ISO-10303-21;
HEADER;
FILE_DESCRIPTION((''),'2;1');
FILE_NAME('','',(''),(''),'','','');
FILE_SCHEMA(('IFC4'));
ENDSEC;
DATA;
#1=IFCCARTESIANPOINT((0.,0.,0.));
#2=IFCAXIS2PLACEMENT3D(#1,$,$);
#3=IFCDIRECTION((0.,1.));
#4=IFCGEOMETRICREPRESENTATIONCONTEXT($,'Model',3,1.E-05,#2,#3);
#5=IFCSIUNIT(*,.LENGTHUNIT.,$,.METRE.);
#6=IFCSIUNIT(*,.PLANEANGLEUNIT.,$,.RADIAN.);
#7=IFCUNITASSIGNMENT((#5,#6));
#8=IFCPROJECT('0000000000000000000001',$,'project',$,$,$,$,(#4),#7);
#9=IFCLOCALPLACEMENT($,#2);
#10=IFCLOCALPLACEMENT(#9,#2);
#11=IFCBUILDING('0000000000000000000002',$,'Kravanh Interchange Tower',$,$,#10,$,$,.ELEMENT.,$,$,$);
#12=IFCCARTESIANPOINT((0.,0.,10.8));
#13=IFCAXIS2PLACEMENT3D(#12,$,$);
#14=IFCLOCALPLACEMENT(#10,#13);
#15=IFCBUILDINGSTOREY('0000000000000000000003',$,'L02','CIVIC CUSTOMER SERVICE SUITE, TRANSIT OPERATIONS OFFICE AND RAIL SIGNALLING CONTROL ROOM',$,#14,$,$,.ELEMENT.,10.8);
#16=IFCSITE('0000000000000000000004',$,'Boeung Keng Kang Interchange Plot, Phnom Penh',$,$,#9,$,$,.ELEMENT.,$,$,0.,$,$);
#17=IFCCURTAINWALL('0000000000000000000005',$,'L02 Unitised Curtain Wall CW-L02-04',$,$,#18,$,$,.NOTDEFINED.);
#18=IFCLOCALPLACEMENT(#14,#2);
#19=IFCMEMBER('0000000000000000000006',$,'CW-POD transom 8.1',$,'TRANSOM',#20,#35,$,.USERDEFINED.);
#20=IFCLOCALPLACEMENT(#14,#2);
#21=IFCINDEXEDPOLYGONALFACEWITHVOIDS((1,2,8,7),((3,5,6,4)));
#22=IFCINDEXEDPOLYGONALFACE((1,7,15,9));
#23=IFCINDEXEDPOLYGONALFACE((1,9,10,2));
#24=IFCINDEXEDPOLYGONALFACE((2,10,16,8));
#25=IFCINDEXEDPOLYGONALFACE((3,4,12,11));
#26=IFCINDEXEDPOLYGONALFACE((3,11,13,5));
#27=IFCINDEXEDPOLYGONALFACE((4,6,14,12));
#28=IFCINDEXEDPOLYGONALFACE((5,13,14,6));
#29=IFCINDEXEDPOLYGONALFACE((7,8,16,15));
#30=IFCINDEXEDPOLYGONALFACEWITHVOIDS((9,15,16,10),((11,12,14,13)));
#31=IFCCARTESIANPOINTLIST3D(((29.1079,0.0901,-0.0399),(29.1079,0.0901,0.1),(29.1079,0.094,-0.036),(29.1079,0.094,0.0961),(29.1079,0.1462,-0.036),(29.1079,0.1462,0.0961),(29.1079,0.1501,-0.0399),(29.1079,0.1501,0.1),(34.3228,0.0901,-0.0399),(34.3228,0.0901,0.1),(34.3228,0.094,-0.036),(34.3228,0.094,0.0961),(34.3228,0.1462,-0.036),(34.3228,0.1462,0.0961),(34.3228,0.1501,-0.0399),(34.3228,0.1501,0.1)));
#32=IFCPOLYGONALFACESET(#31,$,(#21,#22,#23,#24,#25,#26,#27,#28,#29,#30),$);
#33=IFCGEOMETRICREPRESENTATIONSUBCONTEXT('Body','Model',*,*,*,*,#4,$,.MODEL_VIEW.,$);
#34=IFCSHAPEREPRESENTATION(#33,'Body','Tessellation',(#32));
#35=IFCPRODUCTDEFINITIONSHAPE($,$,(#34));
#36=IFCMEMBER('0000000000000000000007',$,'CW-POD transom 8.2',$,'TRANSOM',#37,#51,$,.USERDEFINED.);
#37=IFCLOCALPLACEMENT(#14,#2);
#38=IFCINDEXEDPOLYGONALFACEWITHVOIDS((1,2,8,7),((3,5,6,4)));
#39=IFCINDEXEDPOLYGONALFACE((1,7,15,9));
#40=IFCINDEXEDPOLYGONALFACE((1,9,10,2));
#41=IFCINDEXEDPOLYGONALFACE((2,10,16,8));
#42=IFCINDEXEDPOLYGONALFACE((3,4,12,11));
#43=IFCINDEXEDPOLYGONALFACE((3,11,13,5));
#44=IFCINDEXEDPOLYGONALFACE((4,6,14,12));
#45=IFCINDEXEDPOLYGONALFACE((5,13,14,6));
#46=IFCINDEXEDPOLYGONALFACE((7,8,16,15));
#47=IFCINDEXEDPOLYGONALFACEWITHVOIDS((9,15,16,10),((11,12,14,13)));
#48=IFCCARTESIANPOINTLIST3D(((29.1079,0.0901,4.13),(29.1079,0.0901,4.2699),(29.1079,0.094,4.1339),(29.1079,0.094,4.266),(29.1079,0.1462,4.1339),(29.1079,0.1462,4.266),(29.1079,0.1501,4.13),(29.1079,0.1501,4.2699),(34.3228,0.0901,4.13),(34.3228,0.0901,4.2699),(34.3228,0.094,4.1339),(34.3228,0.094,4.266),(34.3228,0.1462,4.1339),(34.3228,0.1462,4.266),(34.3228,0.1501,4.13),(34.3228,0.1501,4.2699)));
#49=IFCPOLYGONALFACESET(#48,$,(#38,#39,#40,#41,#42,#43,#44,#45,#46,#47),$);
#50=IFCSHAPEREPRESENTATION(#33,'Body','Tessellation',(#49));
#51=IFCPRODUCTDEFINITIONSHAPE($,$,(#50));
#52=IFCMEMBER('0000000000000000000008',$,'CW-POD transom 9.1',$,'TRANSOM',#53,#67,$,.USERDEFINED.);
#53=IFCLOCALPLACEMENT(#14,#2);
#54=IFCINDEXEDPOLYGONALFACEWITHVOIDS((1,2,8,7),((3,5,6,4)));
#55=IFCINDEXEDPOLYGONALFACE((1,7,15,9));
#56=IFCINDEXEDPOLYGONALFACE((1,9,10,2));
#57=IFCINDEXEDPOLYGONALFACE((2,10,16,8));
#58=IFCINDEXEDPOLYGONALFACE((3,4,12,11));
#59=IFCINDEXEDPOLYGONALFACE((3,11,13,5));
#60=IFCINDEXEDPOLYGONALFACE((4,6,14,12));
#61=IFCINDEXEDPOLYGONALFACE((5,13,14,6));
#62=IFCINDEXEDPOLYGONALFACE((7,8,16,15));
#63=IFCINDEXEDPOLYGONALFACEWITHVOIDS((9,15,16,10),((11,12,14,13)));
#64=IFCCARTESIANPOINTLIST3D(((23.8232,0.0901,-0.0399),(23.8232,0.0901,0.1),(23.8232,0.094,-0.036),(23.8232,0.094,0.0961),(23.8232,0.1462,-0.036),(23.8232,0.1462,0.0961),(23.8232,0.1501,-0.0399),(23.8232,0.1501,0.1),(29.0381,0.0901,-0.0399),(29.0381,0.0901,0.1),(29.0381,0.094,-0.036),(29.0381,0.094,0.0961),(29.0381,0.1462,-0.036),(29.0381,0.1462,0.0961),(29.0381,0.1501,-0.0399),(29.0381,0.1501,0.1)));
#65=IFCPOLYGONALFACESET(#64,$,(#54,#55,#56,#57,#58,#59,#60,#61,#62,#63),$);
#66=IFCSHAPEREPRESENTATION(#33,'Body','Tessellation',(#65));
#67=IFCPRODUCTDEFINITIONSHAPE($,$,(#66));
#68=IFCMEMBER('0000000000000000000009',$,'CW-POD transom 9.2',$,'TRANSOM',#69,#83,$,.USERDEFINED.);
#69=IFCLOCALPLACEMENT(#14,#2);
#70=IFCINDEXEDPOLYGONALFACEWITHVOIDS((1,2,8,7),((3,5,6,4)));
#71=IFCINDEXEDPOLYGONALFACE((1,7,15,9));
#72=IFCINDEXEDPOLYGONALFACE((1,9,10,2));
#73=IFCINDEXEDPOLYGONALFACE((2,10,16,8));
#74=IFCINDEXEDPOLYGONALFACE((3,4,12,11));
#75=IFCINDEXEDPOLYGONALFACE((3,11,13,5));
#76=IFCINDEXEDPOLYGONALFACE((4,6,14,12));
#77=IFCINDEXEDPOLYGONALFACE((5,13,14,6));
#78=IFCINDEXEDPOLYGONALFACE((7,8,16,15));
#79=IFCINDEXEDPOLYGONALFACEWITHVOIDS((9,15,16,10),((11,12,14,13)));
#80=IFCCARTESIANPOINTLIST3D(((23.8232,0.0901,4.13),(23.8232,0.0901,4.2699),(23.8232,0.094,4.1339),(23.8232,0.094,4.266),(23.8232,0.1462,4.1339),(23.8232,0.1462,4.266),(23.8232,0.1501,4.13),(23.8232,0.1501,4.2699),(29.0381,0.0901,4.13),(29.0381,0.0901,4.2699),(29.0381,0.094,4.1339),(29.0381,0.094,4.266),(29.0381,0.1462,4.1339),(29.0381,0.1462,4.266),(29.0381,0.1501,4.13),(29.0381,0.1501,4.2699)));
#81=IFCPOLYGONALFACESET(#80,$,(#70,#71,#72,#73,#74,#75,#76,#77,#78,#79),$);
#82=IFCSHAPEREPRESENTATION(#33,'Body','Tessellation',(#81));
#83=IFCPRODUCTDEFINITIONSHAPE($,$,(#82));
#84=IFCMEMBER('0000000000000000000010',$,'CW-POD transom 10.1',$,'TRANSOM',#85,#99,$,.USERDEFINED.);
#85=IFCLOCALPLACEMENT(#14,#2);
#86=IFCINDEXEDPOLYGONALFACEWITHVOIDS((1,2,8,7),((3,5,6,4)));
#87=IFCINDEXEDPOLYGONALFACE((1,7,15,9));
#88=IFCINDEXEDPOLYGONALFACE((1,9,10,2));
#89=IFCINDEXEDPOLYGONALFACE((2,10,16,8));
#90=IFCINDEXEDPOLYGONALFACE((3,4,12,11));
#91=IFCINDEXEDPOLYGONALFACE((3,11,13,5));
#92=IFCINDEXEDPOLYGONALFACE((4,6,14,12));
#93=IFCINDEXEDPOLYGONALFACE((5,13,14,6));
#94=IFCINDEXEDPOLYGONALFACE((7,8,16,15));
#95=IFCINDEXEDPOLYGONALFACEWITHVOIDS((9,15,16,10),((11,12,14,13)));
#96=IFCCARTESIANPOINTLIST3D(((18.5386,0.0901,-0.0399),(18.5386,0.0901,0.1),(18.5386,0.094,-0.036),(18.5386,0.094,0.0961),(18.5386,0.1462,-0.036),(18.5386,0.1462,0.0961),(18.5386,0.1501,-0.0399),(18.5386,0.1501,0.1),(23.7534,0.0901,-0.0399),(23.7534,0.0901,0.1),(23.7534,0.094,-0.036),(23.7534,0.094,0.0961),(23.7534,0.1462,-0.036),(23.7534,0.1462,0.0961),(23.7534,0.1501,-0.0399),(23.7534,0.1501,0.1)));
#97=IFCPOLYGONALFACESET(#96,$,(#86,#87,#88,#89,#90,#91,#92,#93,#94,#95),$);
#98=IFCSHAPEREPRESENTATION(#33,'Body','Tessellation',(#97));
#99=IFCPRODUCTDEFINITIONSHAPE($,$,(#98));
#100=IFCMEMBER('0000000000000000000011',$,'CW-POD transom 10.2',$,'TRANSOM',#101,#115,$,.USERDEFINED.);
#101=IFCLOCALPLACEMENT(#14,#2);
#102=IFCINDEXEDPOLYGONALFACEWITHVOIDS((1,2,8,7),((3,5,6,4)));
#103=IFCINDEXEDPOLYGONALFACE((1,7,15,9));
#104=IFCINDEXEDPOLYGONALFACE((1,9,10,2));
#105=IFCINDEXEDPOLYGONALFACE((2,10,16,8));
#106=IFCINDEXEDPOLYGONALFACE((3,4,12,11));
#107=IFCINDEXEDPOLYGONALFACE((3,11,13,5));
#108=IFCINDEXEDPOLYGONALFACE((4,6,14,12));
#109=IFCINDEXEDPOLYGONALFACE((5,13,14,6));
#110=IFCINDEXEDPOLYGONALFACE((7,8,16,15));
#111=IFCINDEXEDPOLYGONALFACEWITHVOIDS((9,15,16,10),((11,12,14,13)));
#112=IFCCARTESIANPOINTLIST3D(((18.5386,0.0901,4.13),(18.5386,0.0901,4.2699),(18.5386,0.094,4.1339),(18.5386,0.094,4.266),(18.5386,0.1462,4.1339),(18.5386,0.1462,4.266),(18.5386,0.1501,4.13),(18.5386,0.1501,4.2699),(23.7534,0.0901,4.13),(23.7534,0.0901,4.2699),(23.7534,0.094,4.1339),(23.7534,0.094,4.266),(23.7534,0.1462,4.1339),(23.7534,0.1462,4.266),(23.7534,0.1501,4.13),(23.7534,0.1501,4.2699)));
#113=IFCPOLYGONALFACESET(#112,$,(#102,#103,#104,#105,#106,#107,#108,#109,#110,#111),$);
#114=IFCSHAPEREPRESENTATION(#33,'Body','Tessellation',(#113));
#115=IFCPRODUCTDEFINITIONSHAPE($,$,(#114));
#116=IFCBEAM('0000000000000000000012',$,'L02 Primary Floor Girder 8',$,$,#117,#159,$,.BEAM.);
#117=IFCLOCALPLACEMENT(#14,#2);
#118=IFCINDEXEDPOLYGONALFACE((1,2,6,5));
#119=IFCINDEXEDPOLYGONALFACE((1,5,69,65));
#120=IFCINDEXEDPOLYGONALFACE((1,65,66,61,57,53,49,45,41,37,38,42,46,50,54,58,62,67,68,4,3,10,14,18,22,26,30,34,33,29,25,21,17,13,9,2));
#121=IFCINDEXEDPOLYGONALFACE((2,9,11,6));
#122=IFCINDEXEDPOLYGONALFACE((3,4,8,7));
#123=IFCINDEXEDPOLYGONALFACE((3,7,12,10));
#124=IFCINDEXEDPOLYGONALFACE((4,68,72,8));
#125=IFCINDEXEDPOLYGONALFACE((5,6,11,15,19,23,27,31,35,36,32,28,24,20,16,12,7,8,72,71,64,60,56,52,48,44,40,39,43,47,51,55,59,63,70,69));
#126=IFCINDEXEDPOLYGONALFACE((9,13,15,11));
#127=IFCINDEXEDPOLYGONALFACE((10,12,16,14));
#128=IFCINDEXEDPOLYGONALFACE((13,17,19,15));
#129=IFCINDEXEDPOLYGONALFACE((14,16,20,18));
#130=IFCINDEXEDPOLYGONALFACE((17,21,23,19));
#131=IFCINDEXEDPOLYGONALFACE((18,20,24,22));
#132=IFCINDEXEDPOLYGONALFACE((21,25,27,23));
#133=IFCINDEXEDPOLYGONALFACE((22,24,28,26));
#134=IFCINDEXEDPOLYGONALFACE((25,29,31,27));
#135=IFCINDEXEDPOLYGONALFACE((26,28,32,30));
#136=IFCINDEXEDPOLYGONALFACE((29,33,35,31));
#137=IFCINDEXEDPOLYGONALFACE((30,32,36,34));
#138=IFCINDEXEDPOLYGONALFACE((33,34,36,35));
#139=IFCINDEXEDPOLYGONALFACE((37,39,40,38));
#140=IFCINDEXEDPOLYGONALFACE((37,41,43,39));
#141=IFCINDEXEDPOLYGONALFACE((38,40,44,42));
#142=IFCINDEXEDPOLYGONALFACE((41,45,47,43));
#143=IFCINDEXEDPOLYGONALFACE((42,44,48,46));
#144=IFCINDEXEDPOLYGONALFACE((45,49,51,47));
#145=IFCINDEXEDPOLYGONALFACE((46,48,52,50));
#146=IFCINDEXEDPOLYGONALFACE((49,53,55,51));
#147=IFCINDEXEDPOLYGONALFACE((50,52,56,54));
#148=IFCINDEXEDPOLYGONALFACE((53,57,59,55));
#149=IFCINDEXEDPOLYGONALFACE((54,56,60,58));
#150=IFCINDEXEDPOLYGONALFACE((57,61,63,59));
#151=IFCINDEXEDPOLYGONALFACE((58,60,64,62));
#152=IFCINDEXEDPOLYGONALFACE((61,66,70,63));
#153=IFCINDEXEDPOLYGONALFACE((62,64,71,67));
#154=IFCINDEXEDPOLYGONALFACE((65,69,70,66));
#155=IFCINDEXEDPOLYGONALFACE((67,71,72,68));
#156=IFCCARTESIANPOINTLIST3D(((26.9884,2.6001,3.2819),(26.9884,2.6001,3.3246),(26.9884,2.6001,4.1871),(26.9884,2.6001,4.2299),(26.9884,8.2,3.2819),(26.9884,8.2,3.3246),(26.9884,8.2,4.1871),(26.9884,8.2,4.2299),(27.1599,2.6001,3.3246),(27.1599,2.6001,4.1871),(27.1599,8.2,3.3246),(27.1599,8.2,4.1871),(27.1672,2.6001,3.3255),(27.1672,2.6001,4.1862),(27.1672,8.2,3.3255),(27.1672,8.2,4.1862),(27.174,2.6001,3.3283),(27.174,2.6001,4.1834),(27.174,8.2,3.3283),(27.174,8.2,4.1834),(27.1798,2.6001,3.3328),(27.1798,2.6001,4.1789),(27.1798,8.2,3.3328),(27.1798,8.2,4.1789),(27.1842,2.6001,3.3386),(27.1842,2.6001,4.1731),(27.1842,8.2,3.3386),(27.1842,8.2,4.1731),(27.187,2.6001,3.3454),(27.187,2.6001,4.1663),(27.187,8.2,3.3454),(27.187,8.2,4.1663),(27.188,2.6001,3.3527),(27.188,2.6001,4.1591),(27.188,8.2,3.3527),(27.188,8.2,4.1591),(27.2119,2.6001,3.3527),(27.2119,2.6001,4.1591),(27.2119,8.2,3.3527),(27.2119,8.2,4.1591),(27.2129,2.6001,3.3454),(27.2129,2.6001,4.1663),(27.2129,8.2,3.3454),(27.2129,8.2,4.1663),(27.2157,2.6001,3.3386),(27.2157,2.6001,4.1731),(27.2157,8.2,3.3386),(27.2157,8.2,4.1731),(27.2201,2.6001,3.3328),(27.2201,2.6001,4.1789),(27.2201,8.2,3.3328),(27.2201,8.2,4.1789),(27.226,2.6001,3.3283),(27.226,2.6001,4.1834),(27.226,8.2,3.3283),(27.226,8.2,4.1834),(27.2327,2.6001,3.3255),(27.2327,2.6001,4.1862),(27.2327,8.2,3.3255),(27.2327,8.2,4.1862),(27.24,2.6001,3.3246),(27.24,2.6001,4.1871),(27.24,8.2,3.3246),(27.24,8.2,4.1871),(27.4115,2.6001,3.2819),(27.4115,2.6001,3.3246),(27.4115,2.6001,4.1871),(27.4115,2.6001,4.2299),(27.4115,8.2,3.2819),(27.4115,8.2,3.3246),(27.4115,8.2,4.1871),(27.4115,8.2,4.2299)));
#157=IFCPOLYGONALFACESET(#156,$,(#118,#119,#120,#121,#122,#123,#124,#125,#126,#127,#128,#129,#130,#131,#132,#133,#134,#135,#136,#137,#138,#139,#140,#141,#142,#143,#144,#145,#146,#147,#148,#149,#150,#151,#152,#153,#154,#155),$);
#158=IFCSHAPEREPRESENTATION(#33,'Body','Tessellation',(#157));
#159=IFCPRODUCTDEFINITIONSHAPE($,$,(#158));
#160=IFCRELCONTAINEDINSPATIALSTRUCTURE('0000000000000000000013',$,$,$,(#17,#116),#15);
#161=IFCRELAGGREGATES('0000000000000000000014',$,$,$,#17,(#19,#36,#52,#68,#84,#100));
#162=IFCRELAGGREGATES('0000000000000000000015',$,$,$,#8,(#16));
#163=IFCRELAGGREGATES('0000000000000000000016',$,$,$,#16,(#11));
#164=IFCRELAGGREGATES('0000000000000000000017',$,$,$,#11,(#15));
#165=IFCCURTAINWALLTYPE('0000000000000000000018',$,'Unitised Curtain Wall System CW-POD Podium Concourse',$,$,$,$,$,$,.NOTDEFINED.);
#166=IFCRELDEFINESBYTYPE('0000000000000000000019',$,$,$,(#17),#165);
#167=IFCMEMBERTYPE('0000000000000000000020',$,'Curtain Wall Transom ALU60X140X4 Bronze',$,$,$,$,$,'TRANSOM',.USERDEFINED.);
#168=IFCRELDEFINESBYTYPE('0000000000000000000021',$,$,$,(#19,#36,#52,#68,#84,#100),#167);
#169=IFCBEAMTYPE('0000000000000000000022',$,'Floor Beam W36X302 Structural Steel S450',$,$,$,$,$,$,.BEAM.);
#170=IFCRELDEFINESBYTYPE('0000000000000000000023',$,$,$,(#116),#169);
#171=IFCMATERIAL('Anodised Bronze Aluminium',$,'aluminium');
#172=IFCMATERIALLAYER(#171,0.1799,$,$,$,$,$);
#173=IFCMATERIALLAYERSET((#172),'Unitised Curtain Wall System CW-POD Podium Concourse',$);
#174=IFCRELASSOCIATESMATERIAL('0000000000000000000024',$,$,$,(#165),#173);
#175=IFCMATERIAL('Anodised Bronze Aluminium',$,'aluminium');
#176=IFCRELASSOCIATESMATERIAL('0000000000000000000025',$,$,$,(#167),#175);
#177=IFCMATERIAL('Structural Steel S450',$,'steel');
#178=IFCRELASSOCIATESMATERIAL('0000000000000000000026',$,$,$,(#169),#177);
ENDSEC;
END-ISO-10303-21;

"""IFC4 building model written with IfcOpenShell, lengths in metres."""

from ifc_helpers import new_model, si_unit, direction, frame, origin, origin_2d, place, context, subcontext, project, spatial, hollow_rectangle, i_section, extrude, material, layer, layer_set, material_profile, profile_set, type_object, element, aggregate, save


model = new_model("IFC4")

# Units and contexts
model_context = context("Model", 3, precision=1e-05, world=origin(), true_north=direction((0.0, 1.0)))
body_context = subcontext(model_context, "Body", "Model", "MODEL_VIEW")
ifc_project = project(units=[si_unit("LENGTHUNIT", "METRE"), si_unit("PLANEANGLEUNIT", "RADIAN")], contexts=[model_context])

# Site, building, storey
site_placement = place(None, origin())
site = spatial("IfcSite", under=ifc_project, at=site_placement, Name="Boeung Keng Kang Interchange Plot, Phnom Penh", CompositionType="ELEMENT", RefElevation=0.0)
building_placement = place(site_placement, origin())
building = spatial("IfcBuilding", under=site, at=building_placement, Name="Kravanh Interchange Tower", CompositionType="ELEMENT")
storey_placement = place(building_placement, frame((0.0, 0.0, 10.8)))
storey = spatial("IfcBuildingStorey", under=building, at=storey_placement, Name="L02", Description="CIVIC CUSTOMER SERVICE SUITE, TRANSIT OPERATIONS OFFICE AND RAIL SIGNALLING CONTROL ROOM", CompositionType="ELEMENT", Elevation=10.8)

# Curtain wall, members
ifc_material_1 = material(Name="Anodised Bronze Aluminium", Category="aluminium")
ifc_layer_1 = layer(ifc_material_1, 0.1799)
ifc_layer_set_1 = layer_set([ifc_layer_1], Name="Unitised Curtain Wall System CW-POD Podium Concourse")
curtain_wall_type = type_object("IfcCurtainWallType", Name="Unitised Curtain Wall System CW-POD Podium Concourse", PredefinedType="NOTDEFINED", material=ifc_layer_set_1)
curtain_wall_placement = place(storey_placement, origin())
curtain_wall = element("IfcCurtainWall", 1, at=curtain_wall_placement, inside=storey, type_object=curtain_wall_type, Name="L02 Unitised Curtain Wall CW-L02-04", PredefinedType="NOTDEFINED")
ifc_material_2 = material(Name="Anodised Bronze Aluminium", Category="aluminium")
ifc_material_profile_1 = material_profile(ifc_material_2, hollow_rectangle(XDim=0.0601, YDim=0.1399, WallThickness=0.0039, at=origin_2d()), Name="ALU60X140X4")
ifc_profile_set_1 = profile_set([ifc_material_profile_1], Name="Anodised Bronze Aluminium")
member_type_1 = type_object("IfcMemberType", Name="Curtain Wall Transom ALU60X140X4 Bronze", ElementType="TRANSOM", PredefinedType="USERDEFINED", material=ifc_profile_set_1)
member_1_placement = place(storey_placement, frame((34.3228, 0.1201, 0.03), z_axis=(-1.0, 0.0, 0.0), x_axis=(0.0, -1.0, 0.0)))
member_1 = element("IfcMember", 2, at=member_1_placement, type_object=member_type_1, Name="CW-POD transom 8.1", ObjectType="TRANSOM", PredefinedType="USERDEFINED", context=body_context, shape_type="SweptSolid", body=[
    extrude(hollow_rectangle(XDim=0.0601, YDim=0.1399, WallThickness=0.0039, at=origin_2d()), origin(), (0.0, 0.0, 1.0), 5.2148),
])
member_2_placement = place(storey_placement, frame((34.3228, 0.1201, 4.2), z_axis=(-1.0, 0.0, 0.0), x_axis=(0.0, -1.0, 0.0)))
member_2 = element("IfcMember", 3, at=member_2_placement, type_object=member_type_1, Name="CW-POD transom 8.2", ObjectType="TRANSOM", PredefinedType="USERDEFINED", context=body_context, shape_type="SweptSolid", body=[
    extrude(hollow_rectangle(XDim=0.0601, YDim=0.1399, WallThickness=0.0039, at=origin_2d()), origin(), (0.0, 0.0, 1.0), 5.2148),
])
member_3_placement = place(storey_placement, frame((29.0381, 0.1201, 0.03), z_axis=(-1.0, 0.0, 0.0), x_axis=(0.0, -1.0, 0.0)))
member_3 = element("IfcMember", 4, at=member_3_placement, type_object=member_type_1, Name="CW-POD transom 9.1", ObjectType="TRANSOM", PredefinedType="USERDEFINED", context=body_context, shape_type="SweptSolid", body=[
    extrude(hollow_rectangle(XDim=0.0601, YDim=0.1399, WallThickness=0.0039, at=origin_2d()), origin(), (0.0, 0.0, 1.0), 5.2148),
])
member_4_placement = place(storey_placement, frame((29.0381, 0.1201, 4.2), z_axis=(-1.0, 0.0, 0.0), x_axis=(0.0, -1.0, 0.0)))
member_4 = element("IfcMember", 5, at=member_4_placement, type_object=member_type_1, Name="CW-POD transom 9.2", ObjectType="TRANSOM", PredefinedType="USERDEFINED", context=body_context, shape_type="SweptSolid", body=[
    extrude(hollow_rectangle(XDim=0.0601, YDim=0.1399, WallThickness=0.0039, at=origin_2d()), origin(), (0.0, 0.0, 1.0), 5.2148),
])
member_5_placement = place(storey_placement, frame((23.7534, 0.1201, 0.03), z_axis=(-1.0, 0.0, 0.0), x_axis=(0.0, -1.0, 0.0)))
member_5 = element("IfcMember", 6, at=member_5_placement, type_object=member_type_1, Name="CW-POD transom 10.1", ObjectType="TRANSOM", PredefinedType="USERDEFINED", context=body_context, shape_type="SweptSolid", body=[
    extrude(hollow_rectangle(XDim=0.0601, YDim=0.1399, WallThickness=0.0039, at=origin_2d()), origin(), (0.0, 0.0, 1.0), 5.2148),
])
member_6_placement = place(storey_placement, frame((23.7534, 0.1201, 4.2), z_axis=(-1.0, 0.0, 0.0), x_axis=(0.0, -1.0, 0.0)))
member_6 = element("IfcMember", 7, at=member_6_placement, type_object=member_type_1, Name="CW-POD transom 10.2", ObjectType="TRANSOM", PredefinedType="USERDEFINED", context=body_context, shape_type="SweptSolid", body=[
    extrude(hollow_rectangle(XDim=0.0601, YDim=0.1399, WallThickness=0.0039, at=origin_2d()), origin(), (0.0, 0.0, 1.0), 5.2148),
])

# Beam
ifc_material_3 = material(Name="Structural Steel S450", Category="steel")
ifc_material_profile_2 = material_profile(ifc_material_3, i_section(OverallWidth=0.4231, OverallDepth=0.948, WebThickness=0.0239, FlangeThickness=0.0427, FilletRadius=0.0281, at=origin_2d()), Name="W36X302")
ifc_profile_set_2 = profile_set([ifc_material_profile_2], Name="Structural Steel S450")
beam_type_1 = type_object("IfcBeamType", Name="Floor Beam W36X302 Structural Steel S450", PredefinedType="BEAM", material=ifc_profile_set_2)
beam_1_placement = place(storey_placement, frame((27.2, 2.6001, 3.7559), z_axis=(0.0, 1.0, 0.0), x_axis=(-1.0, 0.0, 0.0)))
element("IfcBeam", 8, at=beam_1_placement, inside=storey, type_object=beam_type_1, Name="L02 Primary Floor Girder 8", PredefinedType="BEAM", context=body_context, shape_type="SweptSolid", body=[
    extrude(i_section(OverallWidth=0.4231, OverallDepth=0.948, WebThickness=0.0239, FlangeThickness=0.0427, FilletRadius=0.0281, at=origin_2d()), origin(), (0.0, 0.0, 1.0), 5.5999),
])

aggregate(curtain_wall, [member_1, member_2, member_3, member_4, member_5, member_6])

save(model, "model.ifc")
